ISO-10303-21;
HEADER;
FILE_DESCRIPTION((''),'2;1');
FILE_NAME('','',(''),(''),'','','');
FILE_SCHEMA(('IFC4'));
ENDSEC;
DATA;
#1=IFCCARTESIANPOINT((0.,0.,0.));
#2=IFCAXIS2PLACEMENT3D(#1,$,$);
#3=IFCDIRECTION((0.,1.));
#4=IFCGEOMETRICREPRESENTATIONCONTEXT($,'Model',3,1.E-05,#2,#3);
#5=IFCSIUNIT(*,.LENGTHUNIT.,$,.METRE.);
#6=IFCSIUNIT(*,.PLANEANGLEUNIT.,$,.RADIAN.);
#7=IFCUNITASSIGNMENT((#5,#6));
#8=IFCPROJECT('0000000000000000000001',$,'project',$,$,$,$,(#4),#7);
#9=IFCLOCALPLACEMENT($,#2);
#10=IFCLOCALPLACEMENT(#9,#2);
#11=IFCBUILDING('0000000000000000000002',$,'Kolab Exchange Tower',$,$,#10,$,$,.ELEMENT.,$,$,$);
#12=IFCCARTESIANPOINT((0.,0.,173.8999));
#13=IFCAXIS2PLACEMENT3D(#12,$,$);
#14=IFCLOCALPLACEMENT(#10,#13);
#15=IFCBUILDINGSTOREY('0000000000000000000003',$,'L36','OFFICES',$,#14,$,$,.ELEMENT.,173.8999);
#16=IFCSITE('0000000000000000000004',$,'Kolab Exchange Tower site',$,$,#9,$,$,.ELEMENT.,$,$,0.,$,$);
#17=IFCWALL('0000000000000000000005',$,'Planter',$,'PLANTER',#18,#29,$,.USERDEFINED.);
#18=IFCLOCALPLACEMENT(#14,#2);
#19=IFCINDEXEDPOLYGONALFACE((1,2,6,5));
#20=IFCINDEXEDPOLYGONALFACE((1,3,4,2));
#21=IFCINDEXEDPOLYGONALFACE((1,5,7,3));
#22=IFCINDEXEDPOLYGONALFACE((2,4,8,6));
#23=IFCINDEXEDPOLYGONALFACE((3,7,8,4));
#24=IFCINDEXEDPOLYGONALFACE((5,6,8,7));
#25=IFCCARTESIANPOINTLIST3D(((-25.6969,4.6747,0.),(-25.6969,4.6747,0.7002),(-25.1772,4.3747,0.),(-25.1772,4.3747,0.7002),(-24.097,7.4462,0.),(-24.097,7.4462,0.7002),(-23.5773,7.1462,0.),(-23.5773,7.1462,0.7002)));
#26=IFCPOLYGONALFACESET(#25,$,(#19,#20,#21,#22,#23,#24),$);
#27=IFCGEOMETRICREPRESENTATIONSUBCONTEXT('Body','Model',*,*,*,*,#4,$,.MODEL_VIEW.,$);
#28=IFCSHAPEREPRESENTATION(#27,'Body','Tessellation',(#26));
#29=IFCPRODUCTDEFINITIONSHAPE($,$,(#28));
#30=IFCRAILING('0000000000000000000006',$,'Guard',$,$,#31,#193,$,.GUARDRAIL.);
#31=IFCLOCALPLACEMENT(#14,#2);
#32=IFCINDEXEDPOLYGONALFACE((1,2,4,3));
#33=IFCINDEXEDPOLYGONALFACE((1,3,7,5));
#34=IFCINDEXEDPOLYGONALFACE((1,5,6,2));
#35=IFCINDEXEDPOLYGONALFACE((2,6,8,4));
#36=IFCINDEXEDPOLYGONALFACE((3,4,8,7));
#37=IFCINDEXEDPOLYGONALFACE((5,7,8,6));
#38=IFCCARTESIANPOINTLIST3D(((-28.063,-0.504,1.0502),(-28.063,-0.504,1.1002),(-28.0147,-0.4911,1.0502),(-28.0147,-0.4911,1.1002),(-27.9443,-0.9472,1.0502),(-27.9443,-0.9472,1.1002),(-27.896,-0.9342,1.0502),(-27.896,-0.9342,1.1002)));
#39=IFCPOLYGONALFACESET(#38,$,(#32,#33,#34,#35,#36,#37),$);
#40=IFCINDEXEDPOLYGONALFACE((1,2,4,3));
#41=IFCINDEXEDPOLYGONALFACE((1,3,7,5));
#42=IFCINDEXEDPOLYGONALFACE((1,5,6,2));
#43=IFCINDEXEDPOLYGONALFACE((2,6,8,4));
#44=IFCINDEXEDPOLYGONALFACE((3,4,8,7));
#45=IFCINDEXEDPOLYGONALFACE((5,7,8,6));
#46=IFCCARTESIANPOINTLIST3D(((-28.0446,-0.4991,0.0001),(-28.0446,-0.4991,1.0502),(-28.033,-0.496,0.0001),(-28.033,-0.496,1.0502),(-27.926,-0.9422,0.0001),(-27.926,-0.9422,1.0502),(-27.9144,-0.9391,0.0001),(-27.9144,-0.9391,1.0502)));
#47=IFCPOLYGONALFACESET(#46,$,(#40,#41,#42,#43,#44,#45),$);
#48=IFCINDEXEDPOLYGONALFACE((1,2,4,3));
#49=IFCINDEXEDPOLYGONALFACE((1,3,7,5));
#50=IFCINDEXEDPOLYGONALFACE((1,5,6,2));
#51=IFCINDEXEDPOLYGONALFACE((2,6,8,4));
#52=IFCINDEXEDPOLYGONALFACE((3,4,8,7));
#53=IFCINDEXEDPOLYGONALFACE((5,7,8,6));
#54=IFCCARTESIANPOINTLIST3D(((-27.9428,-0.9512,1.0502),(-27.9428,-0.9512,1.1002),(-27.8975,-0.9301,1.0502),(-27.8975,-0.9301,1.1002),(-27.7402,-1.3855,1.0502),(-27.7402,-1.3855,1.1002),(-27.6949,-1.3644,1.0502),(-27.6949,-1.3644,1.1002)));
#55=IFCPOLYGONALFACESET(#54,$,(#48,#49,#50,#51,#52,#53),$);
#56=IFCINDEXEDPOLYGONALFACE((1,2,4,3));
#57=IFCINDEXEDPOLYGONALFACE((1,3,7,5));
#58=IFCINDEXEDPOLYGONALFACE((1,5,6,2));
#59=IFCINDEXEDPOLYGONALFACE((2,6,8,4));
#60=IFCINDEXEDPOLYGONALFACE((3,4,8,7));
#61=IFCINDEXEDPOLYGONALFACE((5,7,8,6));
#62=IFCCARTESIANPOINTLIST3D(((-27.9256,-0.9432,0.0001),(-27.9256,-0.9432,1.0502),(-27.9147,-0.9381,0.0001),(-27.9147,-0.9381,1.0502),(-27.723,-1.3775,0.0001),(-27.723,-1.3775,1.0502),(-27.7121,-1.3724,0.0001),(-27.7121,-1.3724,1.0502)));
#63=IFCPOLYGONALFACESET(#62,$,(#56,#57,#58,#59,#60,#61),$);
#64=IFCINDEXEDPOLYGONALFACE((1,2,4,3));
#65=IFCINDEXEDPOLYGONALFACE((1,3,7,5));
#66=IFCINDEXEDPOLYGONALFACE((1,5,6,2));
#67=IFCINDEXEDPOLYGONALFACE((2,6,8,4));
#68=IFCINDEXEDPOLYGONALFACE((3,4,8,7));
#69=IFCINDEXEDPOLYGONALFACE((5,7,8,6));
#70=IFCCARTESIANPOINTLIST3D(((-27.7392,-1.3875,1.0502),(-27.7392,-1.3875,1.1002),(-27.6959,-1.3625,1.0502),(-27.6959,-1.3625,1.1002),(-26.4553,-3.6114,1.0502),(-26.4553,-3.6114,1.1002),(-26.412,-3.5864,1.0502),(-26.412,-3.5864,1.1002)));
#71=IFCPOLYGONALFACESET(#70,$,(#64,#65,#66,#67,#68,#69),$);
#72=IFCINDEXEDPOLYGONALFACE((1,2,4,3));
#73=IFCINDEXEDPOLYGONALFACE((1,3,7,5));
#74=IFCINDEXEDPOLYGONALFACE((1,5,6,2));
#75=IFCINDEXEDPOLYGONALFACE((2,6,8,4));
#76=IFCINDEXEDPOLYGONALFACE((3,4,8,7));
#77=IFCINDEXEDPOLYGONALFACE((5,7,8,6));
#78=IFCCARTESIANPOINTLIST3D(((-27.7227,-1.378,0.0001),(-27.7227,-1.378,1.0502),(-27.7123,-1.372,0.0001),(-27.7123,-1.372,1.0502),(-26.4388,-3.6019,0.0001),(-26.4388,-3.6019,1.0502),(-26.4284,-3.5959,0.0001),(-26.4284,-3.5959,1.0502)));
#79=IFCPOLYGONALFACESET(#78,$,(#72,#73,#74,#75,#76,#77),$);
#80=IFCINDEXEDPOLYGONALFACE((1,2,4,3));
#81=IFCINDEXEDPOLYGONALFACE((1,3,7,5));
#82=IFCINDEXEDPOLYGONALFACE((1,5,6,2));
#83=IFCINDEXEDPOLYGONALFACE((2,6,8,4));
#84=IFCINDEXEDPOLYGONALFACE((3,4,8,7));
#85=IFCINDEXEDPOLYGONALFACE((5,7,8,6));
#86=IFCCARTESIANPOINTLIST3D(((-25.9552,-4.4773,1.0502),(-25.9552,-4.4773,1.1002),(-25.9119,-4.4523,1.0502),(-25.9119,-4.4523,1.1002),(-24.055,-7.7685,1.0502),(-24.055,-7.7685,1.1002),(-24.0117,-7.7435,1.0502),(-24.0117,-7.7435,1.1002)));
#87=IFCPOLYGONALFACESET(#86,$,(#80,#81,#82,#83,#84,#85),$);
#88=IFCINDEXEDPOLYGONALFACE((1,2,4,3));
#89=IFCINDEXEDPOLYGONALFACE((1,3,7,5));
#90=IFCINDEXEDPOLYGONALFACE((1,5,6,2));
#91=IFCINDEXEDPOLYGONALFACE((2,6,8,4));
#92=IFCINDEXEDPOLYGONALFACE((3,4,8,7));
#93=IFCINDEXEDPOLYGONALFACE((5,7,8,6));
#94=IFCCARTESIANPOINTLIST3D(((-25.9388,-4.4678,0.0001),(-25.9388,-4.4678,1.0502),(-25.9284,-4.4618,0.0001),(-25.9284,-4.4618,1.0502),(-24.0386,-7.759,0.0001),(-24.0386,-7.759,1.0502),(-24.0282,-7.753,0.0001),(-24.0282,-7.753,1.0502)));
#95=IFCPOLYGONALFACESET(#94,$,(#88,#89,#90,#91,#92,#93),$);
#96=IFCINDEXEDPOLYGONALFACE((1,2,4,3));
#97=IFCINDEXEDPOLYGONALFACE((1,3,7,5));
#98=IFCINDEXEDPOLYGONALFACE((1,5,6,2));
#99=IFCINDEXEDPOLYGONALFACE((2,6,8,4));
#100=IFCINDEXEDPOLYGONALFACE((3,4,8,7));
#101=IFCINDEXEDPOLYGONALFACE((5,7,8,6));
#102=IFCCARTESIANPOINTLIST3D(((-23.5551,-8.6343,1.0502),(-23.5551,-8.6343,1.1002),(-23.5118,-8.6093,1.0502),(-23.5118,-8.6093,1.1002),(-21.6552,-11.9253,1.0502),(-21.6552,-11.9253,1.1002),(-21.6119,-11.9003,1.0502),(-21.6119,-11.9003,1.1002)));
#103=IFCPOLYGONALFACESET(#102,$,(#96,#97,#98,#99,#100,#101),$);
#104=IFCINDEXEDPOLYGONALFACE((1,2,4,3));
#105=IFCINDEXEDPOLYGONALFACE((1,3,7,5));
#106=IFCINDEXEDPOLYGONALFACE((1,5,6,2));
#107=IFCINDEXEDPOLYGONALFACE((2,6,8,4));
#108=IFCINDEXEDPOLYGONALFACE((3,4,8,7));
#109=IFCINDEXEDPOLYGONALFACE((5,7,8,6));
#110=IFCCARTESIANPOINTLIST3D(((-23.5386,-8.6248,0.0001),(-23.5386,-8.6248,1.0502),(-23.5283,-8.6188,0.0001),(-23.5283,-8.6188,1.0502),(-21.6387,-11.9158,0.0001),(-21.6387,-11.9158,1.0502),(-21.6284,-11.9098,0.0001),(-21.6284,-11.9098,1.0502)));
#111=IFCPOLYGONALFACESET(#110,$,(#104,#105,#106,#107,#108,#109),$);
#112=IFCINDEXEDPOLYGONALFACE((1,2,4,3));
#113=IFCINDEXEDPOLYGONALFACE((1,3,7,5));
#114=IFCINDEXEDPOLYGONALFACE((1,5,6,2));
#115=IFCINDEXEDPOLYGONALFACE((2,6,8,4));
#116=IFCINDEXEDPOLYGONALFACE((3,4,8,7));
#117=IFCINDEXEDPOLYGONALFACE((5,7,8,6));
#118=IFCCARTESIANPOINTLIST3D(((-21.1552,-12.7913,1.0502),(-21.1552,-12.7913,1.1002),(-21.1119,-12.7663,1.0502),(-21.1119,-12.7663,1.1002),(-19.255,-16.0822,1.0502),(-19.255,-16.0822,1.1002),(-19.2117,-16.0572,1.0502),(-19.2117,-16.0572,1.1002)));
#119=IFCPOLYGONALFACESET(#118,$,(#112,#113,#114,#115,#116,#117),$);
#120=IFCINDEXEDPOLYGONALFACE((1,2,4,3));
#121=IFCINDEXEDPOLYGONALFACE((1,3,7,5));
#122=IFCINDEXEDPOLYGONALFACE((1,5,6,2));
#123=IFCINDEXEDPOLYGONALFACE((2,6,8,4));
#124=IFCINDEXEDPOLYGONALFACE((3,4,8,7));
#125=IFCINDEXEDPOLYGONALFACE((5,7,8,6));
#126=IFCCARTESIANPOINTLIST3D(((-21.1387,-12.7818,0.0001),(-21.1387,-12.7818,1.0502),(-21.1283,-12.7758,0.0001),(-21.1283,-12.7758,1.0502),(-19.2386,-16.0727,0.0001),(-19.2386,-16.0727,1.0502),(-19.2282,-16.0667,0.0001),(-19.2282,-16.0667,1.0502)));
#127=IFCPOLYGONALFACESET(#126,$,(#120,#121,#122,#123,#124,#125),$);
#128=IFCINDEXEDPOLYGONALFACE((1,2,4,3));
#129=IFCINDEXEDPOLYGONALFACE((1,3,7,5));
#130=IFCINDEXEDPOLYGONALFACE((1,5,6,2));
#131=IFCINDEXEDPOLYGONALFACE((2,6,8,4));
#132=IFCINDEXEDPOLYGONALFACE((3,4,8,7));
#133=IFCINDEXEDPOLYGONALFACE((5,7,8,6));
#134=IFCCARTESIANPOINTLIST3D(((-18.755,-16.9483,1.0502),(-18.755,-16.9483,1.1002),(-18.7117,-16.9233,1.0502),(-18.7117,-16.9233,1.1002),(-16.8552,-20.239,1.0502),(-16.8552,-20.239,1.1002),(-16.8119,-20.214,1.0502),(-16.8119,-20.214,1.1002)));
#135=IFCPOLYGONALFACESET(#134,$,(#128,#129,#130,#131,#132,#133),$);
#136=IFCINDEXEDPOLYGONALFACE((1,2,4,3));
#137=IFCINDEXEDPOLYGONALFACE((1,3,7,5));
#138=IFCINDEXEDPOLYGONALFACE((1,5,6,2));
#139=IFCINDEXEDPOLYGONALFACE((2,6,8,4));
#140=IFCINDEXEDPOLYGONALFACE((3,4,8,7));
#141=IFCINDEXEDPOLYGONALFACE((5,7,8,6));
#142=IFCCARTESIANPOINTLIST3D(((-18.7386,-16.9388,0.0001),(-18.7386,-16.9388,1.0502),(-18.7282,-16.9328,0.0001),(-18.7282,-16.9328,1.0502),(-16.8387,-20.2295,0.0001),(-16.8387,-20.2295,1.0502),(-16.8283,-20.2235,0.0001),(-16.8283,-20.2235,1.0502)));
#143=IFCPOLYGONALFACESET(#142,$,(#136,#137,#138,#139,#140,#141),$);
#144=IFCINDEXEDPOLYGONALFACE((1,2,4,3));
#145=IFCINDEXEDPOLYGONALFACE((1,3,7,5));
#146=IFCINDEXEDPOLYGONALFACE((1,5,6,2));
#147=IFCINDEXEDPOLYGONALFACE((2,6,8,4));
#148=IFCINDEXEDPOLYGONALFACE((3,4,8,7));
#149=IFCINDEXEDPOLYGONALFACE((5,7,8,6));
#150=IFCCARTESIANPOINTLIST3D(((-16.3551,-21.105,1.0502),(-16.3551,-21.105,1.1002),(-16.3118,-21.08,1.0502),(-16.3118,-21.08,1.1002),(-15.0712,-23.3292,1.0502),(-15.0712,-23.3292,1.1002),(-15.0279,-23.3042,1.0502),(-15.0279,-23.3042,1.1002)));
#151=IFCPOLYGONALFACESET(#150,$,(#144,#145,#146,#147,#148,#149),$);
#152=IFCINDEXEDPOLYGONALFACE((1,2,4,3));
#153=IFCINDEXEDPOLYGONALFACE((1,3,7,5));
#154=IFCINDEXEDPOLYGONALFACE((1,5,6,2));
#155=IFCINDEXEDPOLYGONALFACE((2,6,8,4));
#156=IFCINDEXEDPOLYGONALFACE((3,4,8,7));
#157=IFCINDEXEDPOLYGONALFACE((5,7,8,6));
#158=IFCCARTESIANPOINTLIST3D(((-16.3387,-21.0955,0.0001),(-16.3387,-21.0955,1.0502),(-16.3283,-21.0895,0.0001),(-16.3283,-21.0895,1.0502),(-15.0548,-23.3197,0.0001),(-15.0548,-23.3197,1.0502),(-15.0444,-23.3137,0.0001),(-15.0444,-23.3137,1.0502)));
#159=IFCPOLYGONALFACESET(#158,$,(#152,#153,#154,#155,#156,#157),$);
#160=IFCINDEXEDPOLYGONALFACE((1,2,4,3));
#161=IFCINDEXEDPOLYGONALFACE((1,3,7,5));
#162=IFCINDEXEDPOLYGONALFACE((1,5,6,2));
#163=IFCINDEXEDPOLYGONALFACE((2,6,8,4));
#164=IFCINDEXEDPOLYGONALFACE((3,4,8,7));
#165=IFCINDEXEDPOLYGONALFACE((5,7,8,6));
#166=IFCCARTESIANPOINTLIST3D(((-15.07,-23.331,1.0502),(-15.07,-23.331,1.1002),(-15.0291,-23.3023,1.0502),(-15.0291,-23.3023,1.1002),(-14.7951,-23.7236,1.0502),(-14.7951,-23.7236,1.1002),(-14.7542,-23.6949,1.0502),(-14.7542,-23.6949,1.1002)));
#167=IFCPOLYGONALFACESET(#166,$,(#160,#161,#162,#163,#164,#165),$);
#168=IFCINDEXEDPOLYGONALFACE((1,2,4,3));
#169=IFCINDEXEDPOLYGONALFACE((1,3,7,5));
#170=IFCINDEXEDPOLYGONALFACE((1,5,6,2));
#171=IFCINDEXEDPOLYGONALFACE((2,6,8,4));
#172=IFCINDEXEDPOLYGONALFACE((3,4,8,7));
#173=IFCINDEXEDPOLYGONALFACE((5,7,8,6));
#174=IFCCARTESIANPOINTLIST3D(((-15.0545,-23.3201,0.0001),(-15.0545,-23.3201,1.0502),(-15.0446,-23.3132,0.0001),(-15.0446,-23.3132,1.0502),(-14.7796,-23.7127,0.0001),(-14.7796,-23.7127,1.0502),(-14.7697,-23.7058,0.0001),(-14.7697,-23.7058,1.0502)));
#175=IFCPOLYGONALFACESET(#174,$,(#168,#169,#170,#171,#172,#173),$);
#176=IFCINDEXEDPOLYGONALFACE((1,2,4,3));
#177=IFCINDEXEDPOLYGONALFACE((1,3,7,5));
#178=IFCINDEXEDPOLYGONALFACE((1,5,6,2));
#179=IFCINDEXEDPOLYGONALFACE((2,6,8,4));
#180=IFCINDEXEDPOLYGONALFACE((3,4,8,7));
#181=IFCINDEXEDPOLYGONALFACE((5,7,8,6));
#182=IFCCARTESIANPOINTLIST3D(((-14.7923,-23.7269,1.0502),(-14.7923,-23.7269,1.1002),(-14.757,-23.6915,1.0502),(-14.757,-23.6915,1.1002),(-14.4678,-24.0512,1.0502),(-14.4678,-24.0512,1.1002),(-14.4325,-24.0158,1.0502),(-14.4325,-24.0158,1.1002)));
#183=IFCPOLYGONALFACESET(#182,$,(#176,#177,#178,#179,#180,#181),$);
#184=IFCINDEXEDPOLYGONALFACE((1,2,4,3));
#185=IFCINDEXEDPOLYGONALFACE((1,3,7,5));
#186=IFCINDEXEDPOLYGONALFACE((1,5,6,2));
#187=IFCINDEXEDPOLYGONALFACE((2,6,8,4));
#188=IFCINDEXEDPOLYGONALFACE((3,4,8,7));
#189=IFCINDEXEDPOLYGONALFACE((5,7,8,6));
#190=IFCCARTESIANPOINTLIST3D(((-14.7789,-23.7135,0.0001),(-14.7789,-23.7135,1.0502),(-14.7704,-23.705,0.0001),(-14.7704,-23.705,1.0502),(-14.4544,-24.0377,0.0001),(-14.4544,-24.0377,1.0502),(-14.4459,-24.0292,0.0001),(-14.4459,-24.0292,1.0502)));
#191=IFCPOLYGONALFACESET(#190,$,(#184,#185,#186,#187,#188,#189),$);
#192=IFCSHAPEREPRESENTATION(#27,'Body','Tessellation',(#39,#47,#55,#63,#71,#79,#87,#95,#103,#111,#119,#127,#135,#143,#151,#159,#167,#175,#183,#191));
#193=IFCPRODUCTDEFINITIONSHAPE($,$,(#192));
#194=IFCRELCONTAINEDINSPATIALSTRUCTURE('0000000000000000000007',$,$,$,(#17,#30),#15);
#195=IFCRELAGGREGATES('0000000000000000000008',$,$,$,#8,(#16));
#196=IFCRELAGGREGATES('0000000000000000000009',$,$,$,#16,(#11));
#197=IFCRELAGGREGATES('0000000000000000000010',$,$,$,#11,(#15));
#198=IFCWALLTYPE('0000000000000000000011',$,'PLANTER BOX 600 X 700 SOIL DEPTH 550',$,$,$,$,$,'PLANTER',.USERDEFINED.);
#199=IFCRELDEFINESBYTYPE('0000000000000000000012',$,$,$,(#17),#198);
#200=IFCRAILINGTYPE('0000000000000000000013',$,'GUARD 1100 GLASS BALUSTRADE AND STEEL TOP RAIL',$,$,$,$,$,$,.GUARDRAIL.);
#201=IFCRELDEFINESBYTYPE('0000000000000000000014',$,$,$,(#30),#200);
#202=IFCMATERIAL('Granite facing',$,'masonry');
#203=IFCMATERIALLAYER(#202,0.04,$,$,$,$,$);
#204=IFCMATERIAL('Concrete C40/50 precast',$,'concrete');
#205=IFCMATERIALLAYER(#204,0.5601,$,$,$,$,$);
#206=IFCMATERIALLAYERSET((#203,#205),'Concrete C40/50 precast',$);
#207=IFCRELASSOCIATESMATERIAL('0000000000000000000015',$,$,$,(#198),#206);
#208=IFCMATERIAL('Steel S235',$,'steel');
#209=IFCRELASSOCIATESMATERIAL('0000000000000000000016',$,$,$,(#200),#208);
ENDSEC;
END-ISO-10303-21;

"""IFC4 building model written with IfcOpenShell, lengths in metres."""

from ifc_helpers import new_model, si_unit, direction, frame, frame_2d, origin, origin_2d, place, context, subcontext, project, spatial, rectangle, extrude, material, layer, layer_set, type_object, element, save


model = new_model("IFC4")

# Units and contexts
model_context = context("Model", 3, precision=1e-05, world=origin(), true_north=direction((0.0, 1.0)))
body_context = subcontext(model_context, "Body", "Model", "MODEL_VIEW")
ifc_project = project(units=[si_unit("LENGTHUNIT", "METRE"), si_unit("PLANEANGLEUNIT", "RADIAN")], contexts=[model_context])

# Site, building, storey
site_placement = place(None, origin())
site = spatial("IfcSite", under=ifc_project, at=site_placement, Name="Kolab Exchange Tower site", CompositionType="ELEMENT", RefElevation=0.0)
building_placement = place(site_placement, origin())
building = spatial("IfcBuilding", under=site, at=building_placement, Name="Kolab Exchange Tower", CompositionType="ELEMENT")
storey_placement = place(building_placement, frame((0.0, 0.0, 173.8999)))
storey = spatial("IfcBuildingStorey", under=building, at=storey_placement, Name="L36", Description="OFFICES", CompositionType="ELEMENT", Elevation=173.8999)

# Wall
ifc_material_1 = material(Name="Granite facing", Category="masonry")
ifc_layer_1 = layer(ifc_material_1, 0.04)
ifc_material_2 = material(Name="Concrete C40/50 precast", Category="concrete")
ifc_layer_2 = layer(ifc_material_2, 0.5601)
ifc_layer_set_1 = layer_set([ifc_layer_1, ifc_layer_2], Name="Concrete C40/50 precast")
wall_type_1 = type_object("IfcWallType", Name="PLANTER BOX 600 X 700 SOIL DEPTH 550", ElementType="PLANTER", PredefinedType="USERDEFINED", material=ifc_layer_set_1)
wall_1_placement = place(storey_placement, frame((-25.437, 4.5247, 0.0), z_axis=(0.0, 0.0, 1.0), x_axis=(0.499938, 0.866061, 0.0)))
element("IfcWall", 1, at=wall_1_placement, inside=storey, type_object=wall_type_1, Name="Planter", ObjectType="PLANTER", PredefinedType="USERDEFINED", context=body_context, shape_type="SweptSolid", body=[
    extrude(rectangle(XDim=3.2002, YDim=0.6001, at=frame_2d((1.6001, 0.0))), origin(), (0.0, 0.0, 1.0), 0.7002),
])

# Railing
ifc_material_3 = material(Name="Steel S235", Category="steel")
railing_type = type_object("IfcRailingType", Name="GUARD 1100 GLASS BALUSTRADE AND STEEL TOP RAIL", PredefinedType="GUARDRAIL", material=ifc_material_3)
railing_placement = place(storey_placement, frame((-28.0388, -0.4976, 0.0)))
element("IfcRailing", 2, at=railing_placement, inside=storey, type_object=railing_type, Name="Guard", PredefinedType="GUARDRAIL", context=body_context, shape_type="SweptSolid", body=[
    extrude(rectangle(XDim=0.05, YDim=0.05, at=origin_2d()), frame((0.0, 0.0, 1.0752), z_axis=(0.258656, -0.965969, 0.0), x_axis=(0.965969, 0.258656, 0.0)), (0.0, 0.0, 1.0), 0.4587),
    extrude(rectangle(XDim=0.012, YDim=1.0501, at=frame_2d((0.0, 0.5251))), frame((0.0, 0.0, 0.0), z_axis=(0.258656, -0.965969, 0.0), x_axis=(0.965969, 0.258656, 0.0)), (0.0, 0.0, 1.0), 0.4587),
    extrude(rectangle(XDim=0.05, YDim=0.05, at=origin_2d()), frame((0.1187, -0.4431, 1.0752), z_axis=(0.422802, -0.906222, 0.0), x_axis=(0.906222, 0.422802, 0.0)), (0.0, 0.0, 1.0), 0.4792),
    extrude(rectangle(XDim=0.012, YDim=1.0501, at=frame_2d((0.0, 0.5251))), frame((0.1187, -0.4431, 0.0), z_axis=(0.422802, -0.906222, 0.0), x_axis=(0.906222, 0.422802, 0.0)), (0.0, 0.0, 1.0), 0.4792),
    extrude(rectangle(XDim=0.05, YDim=0.05, at=origin_2d()), frame((0.3213, -0.8774, 1.0752), z_axis=(0.499994, -0.866029, 0.0), x_axis=(0.866029, 0.499994, 0.0)), (0.0, 0.0, 1.0), 2.5679),
    extrude(rectangle(XDim=0.012, YDim=1.0501, at=frame_2d((0.0, 0.5251))), frame((0.3213, -0.8774, 0.0), z_axis=(0.499994, -0.866029, 0.0), x_axis=(0.866029, 0.499994, 0.0)), (0.0, 0.0, 1.0), 2.5679),
    extrude(rectangle(XDim=0.05, YDim=0.05, at=origin_2d()), frame((2.1052, -3.9673, 1.0752), z_axis=(0.500015, -0.866017, 0.0), x_axis=(0.866017, 0.500015, 0.0)), (0.0, 0.0, 1.0), 3.8003),
    extrude(rectangle(XDim=0.012, YDim=1.0501, at=frame_2d((0.0, 0.5251))), frame((2.1052, -3.9673, 0.0), z_axis=(0.500015, -0.866017, 0.0), x_axis=(0.866017, 0.500015, 0.0)), (0.0, 0.0, 1.0), 3.8003),
    extrude(rectangle(XDim=0.05, YDim=0.05, at=origin_2d()), frame((4.5054, -8.1243, 1.0752), z_axis=(0.499967, -0.866044, 0.0), x_axis=(0.866044, 0.499967, 0.0)), (0.0, 0.0, 1.0), 3.8),
    extrude(rectangle(XDim=0.012, YDim=1.0501, at=frame_2d((0.0, 0.5251))), frame((4.5054, -8.1243, 0.0), z_axis=(0.499967, -0.866044, 0.0), x_axis=(0.866044, 0.499967, 0.0)), (0.0, 0.0, 1.0), 3.8),
    extrude(rectangle(XDim=0.05, YDim=0.05, at=origin_2d()), frame((6.9053, -12.2812, 1.0752), z_axis=(0.500043, -0.866, 0.0), x_axis=(0.866, 0.500043, 0.0)), (0.0, 0.0, 1.0), 3.8),
    extrude(rectangle(XDim=0.012, YDim=1.0501, at=frame_2d((0.0, 0.5251))), frame((6.9053, -12.2812, 0.0), z_axis=(0.500043, -0.866, 0.0), x_axis=(0.866, 0.500043, 0.0)), (0.0, 0.0, 1.0), 3.8),
    extrude(rectangle(XDim=0.05, YDim=0.05, at=origin_2d()), frame((9.3054, -16.4382, 1.0752), z_axis=(0.499995, -0.866028, 0.0), x_axis=(0.866028, 0.499995, 0.0)), (0.0, 0.0, 1.0), 3.7998),
    extrude(rectangle(XDim=0.012, YDim=1.0501, at=frame_2d((0.0, 0.5251))), frame((9.3054, -16.4382, 0.0), z_axis=(0.499995, -0.866028, 0.0), x_axis=(0.866028, 0.499995, 0.0)), (0.0, 0.0, 1.0), 3.7998),
    extrude(rectangle(XDim=0.05, YDim=0.05, at=origin_2d()), frame((11.7053, -20.595, 1.0752), z_axis=(0.499953, -0.866053, 0.0), x_axis=(0.866053, 0.499953, 0.0)), (0.0, 0.0, 1.0), 2.5681),
    extrude(rectangle(XDim=0.012, YDim=1.0501, at=frame_2d((0.0, 0.5251))), frame((11.7053, -20.595, 0.0), z_axis=(0.499953, -0.866053, 0.0), x_axis=(0.866053, 0.499953, 0.0)), (0.0, 0.0, 1.0), 2.5681),
    extrude(rectangle(XDim=0.05, YDim=0.05, at=origin_2d()), frame((12.9893, -22.8191, 1.0752), z_axis=(0.573599, -0.819136, 0.0), x_axis=(0.819136, 0.573599, 0.0)), (0.0, 0.0, 1.0), 0.4792),
    extrude(rectangle(XDim=0.012, YDim=1.0501, at=frame_2d((0.0, 0.5251))), frame((12.9893, -22.8191, 0.0), z_axis=(0.573599, -0.819136, 0.0), x_axis=(0.819136, 0.573599, 0.0)), (0.0, 0.0, 1.0), 0.4792),
    extrude(rectangle(XDim=0.05, YDim=0.05, at=origin_2d()), frame((13.2642, -23.2117, 1.0752), z_axis=(0.707373, -0.706841, 0.0), x_axis=(0.706841, 0.707373, 0.0)), (0.0, 0.0, 1.0), 0.4587),
    extrude(rectangle(XDim=0.012, YDim=1.0501, at=frame_2d((0.0, 0.5251))), frame((13.2642, -23.2117, 0.0), z_axis=(0.707373, -0.706841, 0.0), x_axis=(0.706841, 0.707373, 0.0)), (0.0, 0.0, 1.0), 0.4587),
])

save(model, "model.ifc")
